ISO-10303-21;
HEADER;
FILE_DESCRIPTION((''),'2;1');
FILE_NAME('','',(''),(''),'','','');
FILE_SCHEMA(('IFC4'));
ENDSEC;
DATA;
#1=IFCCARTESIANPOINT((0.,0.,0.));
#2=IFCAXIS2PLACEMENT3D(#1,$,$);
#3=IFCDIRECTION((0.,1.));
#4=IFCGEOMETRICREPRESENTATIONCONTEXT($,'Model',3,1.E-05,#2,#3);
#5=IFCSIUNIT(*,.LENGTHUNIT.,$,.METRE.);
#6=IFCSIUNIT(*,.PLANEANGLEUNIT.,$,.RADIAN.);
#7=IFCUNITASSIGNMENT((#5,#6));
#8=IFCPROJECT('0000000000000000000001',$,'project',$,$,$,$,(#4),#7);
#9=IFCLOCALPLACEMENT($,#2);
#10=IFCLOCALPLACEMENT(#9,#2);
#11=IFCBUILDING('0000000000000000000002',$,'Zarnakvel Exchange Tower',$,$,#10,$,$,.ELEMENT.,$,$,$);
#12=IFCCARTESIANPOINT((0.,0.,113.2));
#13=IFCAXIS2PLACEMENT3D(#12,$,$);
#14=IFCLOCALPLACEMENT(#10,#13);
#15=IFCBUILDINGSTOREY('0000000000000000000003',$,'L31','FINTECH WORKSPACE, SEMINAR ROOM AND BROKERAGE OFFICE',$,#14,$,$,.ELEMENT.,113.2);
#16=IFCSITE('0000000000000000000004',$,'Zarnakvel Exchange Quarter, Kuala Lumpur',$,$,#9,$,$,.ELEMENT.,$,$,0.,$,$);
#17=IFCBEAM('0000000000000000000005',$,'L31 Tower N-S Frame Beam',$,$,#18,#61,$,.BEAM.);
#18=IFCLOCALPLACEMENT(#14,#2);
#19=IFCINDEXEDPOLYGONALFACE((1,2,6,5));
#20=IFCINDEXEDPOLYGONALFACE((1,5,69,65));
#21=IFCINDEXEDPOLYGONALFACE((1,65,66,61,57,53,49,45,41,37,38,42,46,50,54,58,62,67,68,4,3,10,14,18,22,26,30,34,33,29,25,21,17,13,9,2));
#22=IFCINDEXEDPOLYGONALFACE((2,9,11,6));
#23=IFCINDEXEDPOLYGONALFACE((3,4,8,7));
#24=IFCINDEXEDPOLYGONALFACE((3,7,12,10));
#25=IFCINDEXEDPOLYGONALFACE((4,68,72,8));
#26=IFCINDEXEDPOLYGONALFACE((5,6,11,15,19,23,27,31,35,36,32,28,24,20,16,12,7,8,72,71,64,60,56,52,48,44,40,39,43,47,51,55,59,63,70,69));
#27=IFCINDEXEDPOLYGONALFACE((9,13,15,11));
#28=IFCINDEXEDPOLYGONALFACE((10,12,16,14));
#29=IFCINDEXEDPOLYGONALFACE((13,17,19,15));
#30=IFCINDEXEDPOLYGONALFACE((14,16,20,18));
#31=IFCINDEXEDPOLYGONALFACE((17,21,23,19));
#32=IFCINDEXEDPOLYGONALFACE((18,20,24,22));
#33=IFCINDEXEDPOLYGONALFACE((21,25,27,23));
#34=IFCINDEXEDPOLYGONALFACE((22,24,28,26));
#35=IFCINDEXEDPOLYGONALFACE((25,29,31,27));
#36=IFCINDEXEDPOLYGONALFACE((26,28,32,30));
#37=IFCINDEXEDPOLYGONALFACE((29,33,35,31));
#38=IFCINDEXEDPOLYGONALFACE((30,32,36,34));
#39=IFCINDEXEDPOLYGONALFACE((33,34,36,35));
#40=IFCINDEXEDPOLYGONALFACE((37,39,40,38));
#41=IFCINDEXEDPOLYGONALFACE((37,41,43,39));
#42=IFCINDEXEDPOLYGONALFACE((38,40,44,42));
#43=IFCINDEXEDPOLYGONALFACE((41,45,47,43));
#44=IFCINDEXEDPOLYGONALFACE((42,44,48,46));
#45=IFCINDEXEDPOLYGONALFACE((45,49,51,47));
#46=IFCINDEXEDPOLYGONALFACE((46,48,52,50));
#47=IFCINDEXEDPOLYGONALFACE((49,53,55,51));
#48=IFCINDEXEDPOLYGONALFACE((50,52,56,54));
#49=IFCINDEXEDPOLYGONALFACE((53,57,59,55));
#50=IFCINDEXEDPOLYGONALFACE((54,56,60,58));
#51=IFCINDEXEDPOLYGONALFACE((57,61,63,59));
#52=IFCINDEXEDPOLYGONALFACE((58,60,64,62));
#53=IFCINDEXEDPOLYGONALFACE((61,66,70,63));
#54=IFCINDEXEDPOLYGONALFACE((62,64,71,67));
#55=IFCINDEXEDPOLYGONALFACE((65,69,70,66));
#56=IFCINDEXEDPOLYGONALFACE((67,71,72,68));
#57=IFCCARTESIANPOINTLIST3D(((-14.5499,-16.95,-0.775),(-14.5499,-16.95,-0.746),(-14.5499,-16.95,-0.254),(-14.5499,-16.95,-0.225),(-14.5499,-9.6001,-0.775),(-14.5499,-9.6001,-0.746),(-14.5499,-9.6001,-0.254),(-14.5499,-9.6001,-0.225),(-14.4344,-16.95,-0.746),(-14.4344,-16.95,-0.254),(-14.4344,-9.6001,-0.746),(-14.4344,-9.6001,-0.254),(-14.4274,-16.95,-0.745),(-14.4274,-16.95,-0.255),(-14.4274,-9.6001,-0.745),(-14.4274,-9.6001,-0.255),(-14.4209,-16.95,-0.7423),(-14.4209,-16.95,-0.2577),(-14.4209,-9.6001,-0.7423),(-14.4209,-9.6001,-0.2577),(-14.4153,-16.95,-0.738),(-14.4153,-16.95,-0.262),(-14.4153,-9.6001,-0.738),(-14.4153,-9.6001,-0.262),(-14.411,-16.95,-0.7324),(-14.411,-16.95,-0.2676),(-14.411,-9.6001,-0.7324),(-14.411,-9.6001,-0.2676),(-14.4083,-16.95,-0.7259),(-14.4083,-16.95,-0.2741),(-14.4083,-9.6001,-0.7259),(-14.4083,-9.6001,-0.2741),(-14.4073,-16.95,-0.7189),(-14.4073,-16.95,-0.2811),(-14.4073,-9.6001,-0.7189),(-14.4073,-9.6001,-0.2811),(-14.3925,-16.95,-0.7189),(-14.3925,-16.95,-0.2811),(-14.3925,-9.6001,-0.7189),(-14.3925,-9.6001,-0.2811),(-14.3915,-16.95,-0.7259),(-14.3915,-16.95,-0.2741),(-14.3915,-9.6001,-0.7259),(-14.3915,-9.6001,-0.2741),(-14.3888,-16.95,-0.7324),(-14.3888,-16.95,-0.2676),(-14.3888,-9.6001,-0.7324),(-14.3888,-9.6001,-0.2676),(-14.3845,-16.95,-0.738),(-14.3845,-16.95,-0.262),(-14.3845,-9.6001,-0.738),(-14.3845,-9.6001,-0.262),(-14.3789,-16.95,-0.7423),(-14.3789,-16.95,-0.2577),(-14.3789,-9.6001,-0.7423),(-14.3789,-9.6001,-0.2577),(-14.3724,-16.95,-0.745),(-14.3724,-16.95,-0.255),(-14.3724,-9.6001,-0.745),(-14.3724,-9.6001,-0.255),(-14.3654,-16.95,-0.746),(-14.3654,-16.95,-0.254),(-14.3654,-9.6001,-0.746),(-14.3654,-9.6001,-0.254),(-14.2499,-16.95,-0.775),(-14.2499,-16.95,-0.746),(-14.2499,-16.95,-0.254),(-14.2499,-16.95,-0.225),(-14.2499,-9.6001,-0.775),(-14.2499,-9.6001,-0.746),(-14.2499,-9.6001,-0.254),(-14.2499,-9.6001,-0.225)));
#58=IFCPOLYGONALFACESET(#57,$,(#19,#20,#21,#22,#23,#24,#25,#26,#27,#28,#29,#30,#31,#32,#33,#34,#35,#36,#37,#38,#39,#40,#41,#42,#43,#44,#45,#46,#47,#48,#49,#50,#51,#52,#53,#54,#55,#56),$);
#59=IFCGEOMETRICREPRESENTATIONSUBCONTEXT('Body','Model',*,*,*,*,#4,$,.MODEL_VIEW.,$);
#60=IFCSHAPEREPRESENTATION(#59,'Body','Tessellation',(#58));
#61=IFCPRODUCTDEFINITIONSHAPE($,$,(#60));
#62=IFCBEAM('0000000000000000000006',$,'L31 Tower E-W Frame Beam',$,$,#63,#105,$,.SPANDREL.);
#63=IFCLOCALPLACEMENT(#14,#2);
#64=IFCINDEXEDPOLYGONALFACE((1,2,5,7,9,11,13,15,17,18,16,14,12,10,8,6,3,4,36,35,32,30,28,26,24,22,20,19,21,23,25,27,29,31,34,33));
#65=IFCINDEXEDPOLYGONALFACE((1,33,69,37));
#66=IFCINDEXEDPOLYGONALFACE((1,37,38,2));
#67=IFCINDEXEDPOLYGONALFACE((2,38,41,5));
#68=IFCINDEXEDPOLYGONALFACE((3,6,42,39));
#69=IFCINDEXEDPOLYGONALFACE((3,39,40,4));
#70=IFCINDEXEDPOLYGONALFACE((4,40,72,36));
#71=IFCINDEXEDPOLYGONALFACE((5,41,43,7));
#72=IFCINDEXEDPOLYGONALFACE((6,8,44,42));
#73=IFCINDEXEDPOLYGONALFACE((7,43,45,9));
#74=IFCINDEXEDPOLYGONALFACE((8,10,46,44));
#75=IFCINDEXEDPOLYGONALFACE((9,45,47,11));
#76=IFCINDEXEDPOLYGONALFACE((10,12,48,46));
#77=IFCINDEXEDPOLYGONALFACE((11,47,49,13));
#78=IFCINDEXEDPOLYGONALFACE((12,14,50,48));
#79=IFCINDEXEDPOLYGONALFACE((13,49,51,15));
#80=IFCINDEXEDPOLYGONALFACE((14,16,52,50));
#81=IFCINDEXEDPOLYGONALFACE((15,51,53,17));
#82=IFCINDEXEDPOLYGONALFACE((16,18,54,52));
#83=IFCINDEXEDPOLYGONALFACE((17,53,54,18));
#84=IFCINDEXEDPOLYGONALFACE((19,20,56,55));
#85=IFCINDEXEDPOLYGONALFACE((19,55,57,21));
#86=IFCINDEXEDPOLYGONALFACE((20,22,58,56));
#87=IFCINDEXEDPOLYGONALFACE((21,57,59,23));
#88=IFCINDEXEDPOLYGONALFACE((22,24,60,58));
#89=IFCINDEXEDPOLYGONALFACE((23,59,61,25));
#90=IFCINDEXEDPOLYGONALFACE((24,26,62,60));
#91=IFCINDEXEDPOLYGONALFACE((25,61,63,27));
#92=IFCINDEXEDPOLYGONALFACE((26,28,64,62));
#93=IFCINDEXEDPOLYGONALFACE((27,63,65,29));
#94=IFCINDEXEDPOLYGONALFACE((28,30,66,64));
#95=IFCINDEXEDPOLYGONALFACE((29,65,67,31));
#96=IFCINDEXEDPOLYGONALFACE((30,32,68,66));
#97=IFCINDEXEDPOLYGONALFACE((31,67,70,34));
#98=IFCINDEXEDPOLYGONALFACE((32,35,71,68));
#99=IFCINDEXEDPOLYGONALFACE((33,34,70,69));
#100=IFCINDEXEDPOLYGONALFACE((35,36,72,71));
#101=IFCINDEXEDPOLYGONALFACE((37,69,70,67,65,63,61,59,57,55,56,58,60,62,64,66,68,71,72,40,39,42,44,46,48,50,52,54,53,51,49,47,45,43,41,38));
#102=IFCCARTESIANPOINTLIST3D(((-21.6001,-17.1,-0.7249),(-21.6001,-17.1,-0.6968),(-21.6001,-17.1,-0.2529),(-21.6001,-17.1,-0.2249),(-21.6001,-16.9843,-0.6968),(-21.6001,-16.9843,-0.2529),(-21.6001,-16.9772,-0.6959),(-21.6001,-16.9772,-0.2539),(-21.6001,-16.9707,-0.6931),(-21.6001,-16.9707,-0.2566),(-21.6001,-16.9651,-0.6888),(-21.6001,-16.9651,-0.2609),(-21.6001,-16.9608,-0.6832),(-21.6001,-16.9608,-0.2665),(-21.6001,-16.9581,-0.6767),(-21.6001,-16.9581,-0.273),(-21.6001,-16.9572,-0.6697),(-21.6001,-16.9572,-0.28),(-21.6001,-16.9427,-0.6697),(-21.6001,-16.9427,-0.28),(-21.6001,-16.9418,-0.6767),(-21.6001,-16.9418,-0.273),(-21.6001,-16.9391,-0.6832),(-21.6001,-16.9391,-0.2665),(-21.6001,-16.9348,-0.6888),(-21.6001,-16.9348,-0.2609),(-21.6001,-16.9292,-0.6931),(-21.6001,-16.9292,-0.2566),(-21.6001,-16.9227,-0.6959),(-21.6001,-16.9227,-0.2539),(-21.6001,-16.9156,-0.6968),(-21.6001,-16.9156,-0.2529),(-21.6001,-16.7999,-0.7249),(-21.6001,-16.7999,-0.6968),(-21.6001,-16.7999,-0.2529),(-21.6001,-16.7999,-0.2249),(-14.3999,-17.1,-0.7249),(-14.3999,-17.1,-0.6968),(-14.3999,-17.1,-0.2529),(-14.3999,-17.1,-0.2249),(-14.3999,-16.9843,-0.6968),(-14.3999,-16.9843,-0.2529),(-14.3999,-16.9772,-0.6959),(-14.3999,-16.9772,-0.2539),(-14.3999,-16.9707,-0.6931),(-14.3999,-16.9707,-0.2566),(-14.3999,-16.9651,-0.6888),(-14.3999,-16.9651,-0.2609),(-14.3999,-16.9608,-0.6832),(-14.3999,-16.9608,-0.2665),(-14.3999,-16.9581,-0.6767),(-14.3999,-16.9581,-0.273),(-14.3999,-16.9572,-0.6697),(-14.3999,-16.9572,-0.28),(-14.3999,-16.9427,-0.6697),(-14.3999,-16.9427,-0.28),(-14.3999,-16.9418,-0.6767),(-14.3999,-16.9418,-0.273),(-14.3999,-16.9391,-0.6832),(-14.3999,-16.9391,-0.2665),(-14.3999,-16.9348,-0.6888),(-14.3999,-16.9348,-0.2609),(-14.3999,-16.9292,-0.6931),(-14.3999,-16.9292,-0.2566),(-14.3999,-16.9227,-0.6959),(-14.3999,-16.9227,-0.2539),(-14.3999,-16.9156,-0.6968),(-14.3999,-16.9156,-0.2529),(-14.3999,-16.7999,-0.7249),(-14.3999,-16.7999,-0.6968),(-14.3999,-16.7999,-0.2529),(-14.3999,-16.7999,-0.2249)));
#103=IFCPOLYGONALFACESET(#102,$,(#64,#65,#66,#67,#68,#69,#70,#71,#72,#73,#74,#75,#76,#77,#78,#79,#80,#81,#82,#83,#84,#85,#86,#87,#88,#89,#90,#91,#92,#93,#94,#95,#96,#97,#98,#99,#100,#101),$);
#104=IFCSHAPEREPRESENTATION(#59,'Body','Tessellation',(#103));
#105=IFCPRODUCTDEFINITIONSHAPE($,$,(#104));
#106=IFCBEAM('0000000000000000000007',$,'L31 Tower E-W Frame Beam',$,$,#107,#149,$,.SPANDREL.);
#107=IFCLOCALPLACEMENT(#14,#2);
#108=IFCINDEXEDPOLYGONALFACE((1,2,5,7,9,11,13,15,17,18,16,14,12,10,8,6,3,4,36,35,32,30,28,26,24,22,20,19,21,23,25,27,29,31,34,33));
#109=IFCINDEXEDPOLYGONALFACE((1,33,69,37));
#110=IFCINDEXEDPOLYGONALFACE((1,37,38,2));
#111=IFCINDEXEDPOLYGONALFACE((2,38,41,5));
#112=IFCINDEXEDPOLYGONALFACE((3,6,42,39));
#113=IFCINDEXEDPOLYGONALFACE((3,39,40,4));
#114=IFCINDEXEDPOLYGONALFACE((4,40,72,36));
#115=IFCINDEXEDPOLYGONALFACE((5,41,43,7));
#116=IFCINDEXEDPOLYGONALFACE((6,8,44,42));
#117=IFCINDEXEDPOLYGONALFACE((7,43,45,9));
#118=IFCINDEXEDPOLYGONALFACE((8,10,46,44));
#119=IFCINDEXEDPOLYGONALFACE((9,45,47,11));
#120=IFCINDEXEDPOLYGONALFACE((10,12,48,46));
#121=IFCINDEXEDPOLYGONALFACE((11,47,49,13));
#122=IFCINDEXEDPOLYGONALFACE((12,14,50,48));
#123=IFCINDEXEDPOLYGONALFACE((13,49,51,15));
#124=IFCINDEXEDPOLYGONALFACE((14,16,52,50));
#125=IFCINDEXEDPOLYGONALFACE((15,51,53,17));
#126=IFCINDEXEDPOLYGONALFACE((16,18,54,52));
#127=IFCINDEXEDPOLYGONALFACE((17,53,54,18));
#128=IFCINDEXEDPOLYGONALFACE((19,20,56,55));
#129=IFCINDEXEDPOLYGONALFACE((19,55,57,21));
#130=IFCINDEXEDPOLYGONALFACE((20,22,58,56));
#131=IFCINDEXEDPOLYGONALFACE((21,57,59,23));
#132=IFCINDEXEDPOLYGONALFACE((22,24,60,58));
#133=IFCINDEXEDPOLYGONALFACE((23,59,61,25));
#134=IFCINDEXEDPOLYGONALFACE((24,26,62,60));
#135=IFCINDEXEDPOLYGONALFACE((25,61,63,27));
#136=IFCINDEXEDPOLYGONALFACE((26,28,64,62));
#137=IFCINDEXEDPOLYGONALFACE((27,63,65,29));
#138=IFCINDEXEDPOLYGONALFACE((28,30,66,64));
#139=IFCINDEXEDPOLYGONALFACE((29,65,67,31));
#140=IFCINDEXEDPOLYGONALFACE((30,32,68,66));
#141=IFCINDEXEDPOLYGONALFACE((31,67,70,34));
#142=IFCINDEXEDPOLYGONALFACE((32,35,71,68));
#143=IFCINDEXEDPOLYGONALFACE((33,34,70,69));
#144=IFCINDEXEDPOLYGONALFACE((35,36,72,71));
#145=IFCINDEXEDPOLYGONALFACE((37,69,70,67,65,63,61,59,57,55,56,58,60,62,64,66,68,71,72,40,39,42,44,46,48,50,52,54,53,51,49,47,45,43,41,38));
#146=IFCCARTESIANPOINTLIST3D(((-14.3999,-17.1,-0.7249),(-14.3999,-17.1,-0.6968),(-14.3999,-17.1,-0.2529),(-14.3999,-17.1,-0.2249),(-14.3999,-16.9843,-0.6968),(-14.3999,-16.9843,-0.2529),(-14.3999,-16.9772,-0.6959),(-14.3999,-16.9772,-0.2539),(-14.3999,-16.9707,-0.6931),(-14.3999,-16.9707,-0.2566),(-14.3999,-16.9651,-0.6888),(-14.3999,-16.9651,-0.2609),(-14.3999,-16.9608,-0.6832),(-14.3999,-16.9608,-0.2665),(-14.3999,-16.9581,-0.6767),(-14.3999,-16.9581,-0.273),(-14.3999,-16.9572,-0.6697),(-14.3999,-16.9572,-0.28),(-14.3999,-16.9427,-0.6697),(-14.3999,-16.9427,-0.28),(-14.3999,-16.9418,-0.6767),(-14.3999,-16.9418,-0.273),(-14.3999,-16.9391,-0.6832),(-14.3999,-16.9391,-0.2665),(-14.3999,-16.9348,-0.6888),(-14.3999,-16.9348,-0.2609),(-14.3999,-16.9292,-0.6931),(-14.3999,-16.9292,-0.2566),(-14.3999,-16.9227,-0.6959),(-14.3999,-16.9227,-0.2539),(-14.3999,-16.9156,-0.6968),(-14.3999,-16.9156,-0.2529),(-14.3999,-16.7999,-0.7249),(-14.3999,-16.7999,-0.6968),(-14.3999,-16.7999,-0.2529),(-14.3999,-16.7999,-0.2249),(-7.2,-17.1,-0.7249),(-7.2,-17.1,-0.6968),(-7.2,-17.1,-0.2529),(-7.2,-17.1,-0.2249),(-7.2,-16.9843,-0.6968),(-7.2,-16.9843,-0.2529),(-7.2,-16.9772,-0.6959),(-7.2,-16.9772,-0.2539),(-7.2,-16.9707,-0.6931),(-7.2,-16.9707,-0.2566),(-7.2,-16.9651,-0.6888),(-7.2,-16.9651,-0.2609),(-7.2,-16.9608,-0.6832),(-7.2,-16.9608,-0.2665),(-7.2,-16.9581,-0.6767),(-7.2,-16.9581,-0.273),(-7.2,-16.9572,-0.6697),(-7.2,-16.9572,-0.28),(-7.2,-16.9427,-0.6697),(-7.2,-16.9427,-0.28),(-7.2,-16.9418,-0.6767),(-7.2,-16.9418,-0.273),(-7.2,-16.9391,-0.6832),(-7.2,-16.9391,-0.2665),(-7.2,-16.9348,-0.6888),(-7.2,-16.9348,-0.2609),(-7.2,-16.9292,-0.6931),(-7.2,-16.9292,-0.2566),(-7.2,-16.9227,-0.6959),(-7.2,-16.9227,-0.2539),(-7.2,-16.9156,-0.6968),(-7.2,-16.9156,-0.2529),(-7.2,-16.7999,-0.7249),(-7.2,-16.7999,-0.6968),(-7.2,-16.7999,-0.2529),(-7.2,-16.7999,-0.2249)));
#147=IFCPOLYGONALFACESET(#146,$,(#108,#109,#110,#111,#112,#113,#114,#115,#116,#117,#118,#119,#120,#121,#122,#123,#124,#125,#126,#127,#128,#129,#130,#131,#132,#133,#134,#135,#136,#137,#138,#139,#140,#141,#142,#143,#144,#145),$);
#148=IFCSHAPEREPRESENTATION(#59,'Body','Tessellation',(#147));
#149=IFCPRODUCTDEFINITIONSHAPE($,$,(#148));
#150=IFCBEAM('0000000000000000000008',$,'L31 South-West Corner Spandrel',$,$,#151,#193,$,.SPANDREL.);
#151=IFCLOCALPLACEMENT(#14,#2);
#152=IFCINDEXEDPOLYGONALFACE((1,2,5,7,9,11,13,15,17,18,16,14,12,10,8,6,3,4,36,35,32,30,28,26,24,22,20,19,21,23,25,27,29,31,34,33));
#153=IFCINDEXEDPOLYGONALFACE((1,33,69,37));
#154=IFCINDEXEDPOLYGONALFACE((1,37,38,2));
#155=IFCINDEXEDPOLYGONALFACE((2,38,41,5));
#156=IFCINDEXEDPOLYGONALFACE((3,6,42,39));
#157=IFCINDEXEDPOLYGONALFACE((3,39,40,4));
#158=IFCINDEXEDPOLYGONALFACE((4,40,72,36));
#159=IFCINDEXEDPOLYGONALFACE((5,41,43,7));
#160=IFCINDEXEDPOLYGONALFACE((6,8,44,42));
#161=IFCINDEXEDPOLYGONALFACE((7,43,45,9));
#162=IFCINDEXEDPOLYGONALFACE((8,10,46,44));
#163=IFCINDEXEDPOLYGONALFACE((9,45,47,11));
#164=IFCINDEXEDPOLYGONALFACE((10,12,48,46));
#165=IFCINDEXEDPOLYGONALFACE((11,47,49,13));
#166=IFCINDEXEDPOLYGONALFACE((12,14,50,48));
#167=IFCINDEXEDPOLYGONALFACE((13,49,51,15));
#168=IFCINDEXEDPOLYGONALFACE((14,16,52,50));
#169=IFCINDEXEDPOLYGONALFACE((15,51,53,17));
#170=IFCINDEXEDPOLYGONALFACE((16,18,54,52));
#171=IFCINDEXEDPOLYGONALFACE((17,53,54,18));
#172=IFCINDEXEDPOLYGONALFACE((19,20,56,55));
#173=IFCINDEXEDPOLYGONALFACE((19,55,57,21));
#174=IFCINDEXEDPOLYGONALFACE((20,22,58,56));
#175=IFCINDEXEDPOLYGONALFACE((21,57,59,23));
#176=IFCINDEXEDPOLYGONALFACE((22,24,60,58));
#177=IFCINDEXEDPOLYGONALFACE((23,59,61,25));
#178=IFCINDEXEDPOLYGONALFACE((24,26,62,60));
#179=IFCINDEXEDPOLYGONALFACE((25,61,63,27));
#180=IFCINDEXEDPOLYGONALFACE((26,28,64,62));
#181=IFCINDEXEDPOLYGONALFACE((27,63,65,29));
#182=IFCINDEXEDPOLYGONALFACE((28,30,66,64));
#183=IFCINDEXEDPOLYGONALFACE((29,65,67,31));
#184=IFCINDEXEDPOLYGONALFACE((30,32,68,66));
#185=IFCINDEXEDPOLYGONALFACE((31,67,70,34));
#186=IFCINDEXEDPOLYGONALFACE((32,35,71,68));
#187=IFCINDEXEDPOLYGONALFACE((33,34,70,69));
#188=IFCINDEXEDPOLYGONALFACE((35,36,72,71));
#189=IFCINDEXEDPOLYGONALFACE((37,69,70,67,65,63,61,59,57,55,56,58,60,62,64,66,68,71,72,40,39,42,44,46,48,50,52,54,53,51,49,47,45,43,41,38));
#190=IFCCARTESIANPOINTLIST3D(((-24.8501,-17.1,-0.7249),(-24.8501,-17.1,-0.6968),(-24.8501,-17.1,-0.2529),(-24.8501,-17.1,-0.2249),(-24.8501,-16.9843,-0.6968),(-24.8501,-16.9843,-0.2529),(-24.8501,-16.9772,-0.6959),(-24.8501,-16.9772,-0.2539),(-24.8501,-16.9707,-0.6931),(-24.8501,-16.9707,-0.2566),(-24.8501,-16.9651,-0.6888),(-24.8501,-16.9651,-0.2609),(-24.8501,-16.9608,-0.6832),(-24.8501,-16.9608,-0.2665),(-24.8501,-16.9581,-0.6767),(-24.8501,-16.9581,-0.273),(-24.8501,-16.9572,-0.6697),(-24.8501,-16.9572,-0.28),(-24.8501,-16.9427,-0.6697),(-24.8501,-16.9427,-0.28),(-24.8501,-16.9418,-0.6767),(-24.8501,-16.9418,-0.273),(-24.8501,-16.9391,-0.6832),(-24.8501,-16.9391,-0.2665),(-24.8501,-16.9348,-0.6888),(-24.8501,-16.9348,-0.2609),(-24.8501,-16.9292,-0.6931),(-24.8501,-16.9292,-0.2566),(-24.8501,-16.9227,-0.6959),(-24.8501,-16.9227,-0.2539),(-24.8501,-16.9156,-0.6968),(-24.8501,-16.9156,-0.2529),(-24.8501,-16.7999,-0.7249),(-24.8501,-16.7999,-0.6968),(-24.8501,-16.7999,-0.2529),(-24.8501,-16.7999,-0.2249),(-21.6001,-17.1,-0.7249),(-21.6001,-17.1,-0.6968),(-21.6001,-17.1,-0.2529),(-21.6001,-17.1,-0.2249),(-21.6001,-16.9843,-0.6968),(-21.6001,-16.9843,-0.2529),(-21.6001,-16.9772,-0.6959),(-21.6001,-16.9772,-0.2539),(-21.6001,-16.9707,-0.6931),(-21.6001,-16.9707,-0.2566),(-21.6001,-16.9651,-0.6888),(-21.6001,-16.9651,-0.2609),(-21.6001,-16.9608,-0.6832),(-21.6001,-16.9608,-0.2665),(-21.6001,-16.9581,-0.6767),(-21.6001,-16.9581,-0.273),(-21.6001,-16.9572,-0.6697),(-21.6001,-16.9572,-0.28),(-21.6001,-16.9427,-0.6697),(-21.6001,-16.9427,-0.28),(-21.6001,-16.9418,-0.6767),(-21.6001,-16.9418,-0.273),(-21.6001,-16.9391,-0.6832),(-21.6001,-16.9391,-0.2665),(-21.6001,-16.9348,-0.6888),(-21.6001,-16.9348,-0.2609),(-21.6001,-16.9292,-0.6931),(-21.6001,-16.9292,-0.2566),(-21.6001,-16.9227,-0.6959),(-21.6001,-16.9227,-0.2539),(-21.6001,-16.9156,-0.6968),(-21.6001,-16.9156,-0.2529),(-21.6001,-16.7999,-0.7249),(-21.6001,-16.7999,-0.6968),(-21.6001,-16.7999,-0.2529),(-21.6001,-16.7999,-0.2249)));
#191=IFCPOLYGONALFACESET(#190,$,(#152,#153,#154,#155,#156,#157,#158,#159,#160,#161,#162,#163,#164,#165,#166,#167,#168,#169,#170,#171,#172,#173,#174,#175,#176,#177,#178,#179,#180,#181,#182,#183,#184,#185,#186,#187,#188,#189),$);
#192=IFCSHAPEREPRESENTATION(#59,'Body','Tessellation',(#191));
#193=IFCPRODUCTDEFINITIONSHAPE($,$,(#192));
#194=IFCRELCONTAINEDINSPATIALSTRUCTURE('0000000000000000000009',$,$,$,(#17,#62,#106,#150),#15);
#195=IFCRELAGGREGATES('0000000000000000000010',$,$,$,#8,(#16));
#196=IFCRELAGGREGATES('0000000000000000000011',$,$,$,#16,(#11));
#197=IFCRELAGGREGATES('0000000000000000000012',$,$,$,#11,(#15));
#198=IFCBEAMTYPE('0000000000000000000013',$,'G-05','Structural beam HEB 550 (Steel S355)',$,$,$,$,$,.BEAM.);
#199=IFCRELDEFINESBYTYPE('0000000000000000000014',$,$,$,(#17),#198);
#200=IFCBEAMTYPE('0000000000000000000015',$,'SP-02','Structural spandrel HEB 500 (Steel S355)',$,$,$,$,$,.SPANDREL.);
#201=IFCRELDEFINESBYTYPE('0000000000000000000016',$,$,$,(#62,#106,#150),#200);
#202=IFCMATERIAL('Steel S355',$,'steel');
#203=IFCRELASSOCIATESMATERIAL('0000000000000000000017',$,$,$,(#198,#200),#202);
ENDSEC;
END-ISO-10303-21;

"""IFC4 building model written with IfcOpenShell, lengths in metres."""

from ifc_helpers import new_model, si_unit, direction, frame, origin, origin_2d, place, context, subcontext, project, spatial, i_section, extrude, material, material_profile, profile_set, type_object, element, save


model = new_model("IFC4")

# Units and contexts
model_context = context("Model", 3, precision=1e-05, world=origin(), true_north=direction((0.0, 1.0)))
body_context = subcontext(model_context, "Body", "Model", "MODEL_VIEW")
ifc_project = project(units=[si_unit("LENGTHUNIT", "METRE"), si_unit("PLANEANGLEUNIT", "RADIAN")], contexts=[model_context])

# Site, building, storey
site_placement = place(None, origin())
site = spatial("IfcSite", under=ifc_project, at=site_placement, Name="Zarnakvel Exchange Quarter, Kuala Lumpur", CompositionType="ELEMENT", RefElevation=0.0)
building_placement = place(site_placement, origin())
building = spatial("IfcBuilding", under=site, at=building_placement, Name="Zarnakvel Exchange Tower", CompositionType="ELEMENT")
storey_placement = place(building_placement, frame((0.0, 0.0, 113.2)))
storey = spatial("IfcBuildingStorey", under=building, at=storey_placement, Name="L31", Description="FINTECH WORKSPACE, SEMINAR ROOM AND BROKERAGE OFFICE", CompositionType="ELEMENT", Elevation=113.2)

# Beams
ifc_material_1 = material(Name="Steel S355", Category="steel")
ifc_material_profile_1 = material_profile(ifc_material_1, i_section(OverallWidth=0.3, OverallDepth=0.55, WebThickness=0.0149, FlangeThickness=0.0291, FilletRadius=0.0271, at=origin_2d()))
ifc_profile_set_1 = profile_set([ifc_material_profile_1], Name="Steel S355")
beam_type_1 = type_object("IfcBeamType", Name="G-05", Description="Structural beam HEB 550 (Steel S355)", PredefinedType="BEAM", material=ifc_profile_set_1)
for number, where, z_axis, x_axis, name in (
    (1, (-14.3999, -16.95, -0.5), (0.0, 1.0, 0.0), (-1.0, 0.0, 0.0), "L31 Tower N-S Frame Beam"),
):
    element("IfcBeam", number, at=place(storey_placement, frame(where, z_axis=z_axis, x_axis=x_axis)), inside=storey, type_object=beam_type_1, Name=name, PredefinedType="BEAM", context=body_context, shape_type="SweptSolid", body=[
        extrude(i_section(OverallWidth=0.3, OverallDepth=0.55, WebThickness=0.0149, FlangeThickness=0.0291, FilletRadius=0.0271, at=origin_2d()), origin(), (0.0, 0.0, 1.0), 7.3499),
    ])
ifc_material_profile_2 = material_profile(ifc_material_1, i_section(OverallWidth=0.3, OverallDepth=0.5, WebThickness=0.0144, FlangeThickness=0.0281, FilletRadius=0.0271, at=origin_2d()))
ifc_profile_set_2 = profile_set([ifc_material_profile_2], Name="Steel S355")
beam_type_2 = type_object("IfcBeamType", Name="SP-02", Description="Structural spandrel HEB 500 (Steel S355)", PredefinedType="SPANDREL", material=ifc_profile_set_2)
beam_1_placement = place(storey_placement, frame((-21.6001, -16.95, -0.4749), z_axis=(1.0, 0.0, 0.0), x_axis=(0.0, 1.0, 0.0)))
element("IfcBeam", 2, at=beam_1_placement, inside=storey, type_object=beam_type_2, Name="L31 Tower E-W Frame Beam", PredefinedType="SPANDREL", context=body_context, shape_type="SweptSolid", body=[
    extrude(i_section(OverallWidth=0.3, OverallDepth=0.5, WebThickness=0.0144, FlangeThickness=0.0281, FilletRadius=0.0271, at=origin_2d()), origin(), (0.0, 0.0, 1.0), 7.2002),
])
beam_2_placement = place(storey_placement, frame((-14.3999, -16.95, -0.4749), z_axis=(1.0, 0.0, 0.0), x_axis=(0.0, 1.0, 0.0)))
element("IfcBeam", 3, at=beam_2_placement, inside=storey, type_object=beam_type_2, Name="L31 Tower E-W Frame Beam", PredefinedType="SPANDREL", context=body_context, shape_type="SweptSolid", body=[
    extrude(i_section(OverallWidth=0.3, OverallDepth=0.5, WebThickness=0.0144, FlangeThickness=0.0281, FilletRadius=0.0271, at=origin_2d()), origin(), (0.0, 0.0, 1.0), 7.2),
])
beam_3_placement = place(storey_placement, frame((-24.8501, -16.95, -0.4749), z_axis=(1.0, 0.0, 0.0), x_axis=(0.0, 1.0, 0.0)))
element("IfcBeam", 4, at=beam_3_placement, inside=storey, type_object=beam_type_2, Name="L31 South-West Corner Spandrel", PredefinedType="SPANDREL", context=body_context, shape_type="SweptSolid", body=[
    extrude(i_section(OverallWidth=0.3, OverallDepth=0.5, WebThickness=0.0144, FlangeThickness=0.0281, FilletRadius=0.0271, at=origin_2d()), origin(), (0.0, 0.0, 1.0), 3.25),
])

save(model, "model.ifc")
